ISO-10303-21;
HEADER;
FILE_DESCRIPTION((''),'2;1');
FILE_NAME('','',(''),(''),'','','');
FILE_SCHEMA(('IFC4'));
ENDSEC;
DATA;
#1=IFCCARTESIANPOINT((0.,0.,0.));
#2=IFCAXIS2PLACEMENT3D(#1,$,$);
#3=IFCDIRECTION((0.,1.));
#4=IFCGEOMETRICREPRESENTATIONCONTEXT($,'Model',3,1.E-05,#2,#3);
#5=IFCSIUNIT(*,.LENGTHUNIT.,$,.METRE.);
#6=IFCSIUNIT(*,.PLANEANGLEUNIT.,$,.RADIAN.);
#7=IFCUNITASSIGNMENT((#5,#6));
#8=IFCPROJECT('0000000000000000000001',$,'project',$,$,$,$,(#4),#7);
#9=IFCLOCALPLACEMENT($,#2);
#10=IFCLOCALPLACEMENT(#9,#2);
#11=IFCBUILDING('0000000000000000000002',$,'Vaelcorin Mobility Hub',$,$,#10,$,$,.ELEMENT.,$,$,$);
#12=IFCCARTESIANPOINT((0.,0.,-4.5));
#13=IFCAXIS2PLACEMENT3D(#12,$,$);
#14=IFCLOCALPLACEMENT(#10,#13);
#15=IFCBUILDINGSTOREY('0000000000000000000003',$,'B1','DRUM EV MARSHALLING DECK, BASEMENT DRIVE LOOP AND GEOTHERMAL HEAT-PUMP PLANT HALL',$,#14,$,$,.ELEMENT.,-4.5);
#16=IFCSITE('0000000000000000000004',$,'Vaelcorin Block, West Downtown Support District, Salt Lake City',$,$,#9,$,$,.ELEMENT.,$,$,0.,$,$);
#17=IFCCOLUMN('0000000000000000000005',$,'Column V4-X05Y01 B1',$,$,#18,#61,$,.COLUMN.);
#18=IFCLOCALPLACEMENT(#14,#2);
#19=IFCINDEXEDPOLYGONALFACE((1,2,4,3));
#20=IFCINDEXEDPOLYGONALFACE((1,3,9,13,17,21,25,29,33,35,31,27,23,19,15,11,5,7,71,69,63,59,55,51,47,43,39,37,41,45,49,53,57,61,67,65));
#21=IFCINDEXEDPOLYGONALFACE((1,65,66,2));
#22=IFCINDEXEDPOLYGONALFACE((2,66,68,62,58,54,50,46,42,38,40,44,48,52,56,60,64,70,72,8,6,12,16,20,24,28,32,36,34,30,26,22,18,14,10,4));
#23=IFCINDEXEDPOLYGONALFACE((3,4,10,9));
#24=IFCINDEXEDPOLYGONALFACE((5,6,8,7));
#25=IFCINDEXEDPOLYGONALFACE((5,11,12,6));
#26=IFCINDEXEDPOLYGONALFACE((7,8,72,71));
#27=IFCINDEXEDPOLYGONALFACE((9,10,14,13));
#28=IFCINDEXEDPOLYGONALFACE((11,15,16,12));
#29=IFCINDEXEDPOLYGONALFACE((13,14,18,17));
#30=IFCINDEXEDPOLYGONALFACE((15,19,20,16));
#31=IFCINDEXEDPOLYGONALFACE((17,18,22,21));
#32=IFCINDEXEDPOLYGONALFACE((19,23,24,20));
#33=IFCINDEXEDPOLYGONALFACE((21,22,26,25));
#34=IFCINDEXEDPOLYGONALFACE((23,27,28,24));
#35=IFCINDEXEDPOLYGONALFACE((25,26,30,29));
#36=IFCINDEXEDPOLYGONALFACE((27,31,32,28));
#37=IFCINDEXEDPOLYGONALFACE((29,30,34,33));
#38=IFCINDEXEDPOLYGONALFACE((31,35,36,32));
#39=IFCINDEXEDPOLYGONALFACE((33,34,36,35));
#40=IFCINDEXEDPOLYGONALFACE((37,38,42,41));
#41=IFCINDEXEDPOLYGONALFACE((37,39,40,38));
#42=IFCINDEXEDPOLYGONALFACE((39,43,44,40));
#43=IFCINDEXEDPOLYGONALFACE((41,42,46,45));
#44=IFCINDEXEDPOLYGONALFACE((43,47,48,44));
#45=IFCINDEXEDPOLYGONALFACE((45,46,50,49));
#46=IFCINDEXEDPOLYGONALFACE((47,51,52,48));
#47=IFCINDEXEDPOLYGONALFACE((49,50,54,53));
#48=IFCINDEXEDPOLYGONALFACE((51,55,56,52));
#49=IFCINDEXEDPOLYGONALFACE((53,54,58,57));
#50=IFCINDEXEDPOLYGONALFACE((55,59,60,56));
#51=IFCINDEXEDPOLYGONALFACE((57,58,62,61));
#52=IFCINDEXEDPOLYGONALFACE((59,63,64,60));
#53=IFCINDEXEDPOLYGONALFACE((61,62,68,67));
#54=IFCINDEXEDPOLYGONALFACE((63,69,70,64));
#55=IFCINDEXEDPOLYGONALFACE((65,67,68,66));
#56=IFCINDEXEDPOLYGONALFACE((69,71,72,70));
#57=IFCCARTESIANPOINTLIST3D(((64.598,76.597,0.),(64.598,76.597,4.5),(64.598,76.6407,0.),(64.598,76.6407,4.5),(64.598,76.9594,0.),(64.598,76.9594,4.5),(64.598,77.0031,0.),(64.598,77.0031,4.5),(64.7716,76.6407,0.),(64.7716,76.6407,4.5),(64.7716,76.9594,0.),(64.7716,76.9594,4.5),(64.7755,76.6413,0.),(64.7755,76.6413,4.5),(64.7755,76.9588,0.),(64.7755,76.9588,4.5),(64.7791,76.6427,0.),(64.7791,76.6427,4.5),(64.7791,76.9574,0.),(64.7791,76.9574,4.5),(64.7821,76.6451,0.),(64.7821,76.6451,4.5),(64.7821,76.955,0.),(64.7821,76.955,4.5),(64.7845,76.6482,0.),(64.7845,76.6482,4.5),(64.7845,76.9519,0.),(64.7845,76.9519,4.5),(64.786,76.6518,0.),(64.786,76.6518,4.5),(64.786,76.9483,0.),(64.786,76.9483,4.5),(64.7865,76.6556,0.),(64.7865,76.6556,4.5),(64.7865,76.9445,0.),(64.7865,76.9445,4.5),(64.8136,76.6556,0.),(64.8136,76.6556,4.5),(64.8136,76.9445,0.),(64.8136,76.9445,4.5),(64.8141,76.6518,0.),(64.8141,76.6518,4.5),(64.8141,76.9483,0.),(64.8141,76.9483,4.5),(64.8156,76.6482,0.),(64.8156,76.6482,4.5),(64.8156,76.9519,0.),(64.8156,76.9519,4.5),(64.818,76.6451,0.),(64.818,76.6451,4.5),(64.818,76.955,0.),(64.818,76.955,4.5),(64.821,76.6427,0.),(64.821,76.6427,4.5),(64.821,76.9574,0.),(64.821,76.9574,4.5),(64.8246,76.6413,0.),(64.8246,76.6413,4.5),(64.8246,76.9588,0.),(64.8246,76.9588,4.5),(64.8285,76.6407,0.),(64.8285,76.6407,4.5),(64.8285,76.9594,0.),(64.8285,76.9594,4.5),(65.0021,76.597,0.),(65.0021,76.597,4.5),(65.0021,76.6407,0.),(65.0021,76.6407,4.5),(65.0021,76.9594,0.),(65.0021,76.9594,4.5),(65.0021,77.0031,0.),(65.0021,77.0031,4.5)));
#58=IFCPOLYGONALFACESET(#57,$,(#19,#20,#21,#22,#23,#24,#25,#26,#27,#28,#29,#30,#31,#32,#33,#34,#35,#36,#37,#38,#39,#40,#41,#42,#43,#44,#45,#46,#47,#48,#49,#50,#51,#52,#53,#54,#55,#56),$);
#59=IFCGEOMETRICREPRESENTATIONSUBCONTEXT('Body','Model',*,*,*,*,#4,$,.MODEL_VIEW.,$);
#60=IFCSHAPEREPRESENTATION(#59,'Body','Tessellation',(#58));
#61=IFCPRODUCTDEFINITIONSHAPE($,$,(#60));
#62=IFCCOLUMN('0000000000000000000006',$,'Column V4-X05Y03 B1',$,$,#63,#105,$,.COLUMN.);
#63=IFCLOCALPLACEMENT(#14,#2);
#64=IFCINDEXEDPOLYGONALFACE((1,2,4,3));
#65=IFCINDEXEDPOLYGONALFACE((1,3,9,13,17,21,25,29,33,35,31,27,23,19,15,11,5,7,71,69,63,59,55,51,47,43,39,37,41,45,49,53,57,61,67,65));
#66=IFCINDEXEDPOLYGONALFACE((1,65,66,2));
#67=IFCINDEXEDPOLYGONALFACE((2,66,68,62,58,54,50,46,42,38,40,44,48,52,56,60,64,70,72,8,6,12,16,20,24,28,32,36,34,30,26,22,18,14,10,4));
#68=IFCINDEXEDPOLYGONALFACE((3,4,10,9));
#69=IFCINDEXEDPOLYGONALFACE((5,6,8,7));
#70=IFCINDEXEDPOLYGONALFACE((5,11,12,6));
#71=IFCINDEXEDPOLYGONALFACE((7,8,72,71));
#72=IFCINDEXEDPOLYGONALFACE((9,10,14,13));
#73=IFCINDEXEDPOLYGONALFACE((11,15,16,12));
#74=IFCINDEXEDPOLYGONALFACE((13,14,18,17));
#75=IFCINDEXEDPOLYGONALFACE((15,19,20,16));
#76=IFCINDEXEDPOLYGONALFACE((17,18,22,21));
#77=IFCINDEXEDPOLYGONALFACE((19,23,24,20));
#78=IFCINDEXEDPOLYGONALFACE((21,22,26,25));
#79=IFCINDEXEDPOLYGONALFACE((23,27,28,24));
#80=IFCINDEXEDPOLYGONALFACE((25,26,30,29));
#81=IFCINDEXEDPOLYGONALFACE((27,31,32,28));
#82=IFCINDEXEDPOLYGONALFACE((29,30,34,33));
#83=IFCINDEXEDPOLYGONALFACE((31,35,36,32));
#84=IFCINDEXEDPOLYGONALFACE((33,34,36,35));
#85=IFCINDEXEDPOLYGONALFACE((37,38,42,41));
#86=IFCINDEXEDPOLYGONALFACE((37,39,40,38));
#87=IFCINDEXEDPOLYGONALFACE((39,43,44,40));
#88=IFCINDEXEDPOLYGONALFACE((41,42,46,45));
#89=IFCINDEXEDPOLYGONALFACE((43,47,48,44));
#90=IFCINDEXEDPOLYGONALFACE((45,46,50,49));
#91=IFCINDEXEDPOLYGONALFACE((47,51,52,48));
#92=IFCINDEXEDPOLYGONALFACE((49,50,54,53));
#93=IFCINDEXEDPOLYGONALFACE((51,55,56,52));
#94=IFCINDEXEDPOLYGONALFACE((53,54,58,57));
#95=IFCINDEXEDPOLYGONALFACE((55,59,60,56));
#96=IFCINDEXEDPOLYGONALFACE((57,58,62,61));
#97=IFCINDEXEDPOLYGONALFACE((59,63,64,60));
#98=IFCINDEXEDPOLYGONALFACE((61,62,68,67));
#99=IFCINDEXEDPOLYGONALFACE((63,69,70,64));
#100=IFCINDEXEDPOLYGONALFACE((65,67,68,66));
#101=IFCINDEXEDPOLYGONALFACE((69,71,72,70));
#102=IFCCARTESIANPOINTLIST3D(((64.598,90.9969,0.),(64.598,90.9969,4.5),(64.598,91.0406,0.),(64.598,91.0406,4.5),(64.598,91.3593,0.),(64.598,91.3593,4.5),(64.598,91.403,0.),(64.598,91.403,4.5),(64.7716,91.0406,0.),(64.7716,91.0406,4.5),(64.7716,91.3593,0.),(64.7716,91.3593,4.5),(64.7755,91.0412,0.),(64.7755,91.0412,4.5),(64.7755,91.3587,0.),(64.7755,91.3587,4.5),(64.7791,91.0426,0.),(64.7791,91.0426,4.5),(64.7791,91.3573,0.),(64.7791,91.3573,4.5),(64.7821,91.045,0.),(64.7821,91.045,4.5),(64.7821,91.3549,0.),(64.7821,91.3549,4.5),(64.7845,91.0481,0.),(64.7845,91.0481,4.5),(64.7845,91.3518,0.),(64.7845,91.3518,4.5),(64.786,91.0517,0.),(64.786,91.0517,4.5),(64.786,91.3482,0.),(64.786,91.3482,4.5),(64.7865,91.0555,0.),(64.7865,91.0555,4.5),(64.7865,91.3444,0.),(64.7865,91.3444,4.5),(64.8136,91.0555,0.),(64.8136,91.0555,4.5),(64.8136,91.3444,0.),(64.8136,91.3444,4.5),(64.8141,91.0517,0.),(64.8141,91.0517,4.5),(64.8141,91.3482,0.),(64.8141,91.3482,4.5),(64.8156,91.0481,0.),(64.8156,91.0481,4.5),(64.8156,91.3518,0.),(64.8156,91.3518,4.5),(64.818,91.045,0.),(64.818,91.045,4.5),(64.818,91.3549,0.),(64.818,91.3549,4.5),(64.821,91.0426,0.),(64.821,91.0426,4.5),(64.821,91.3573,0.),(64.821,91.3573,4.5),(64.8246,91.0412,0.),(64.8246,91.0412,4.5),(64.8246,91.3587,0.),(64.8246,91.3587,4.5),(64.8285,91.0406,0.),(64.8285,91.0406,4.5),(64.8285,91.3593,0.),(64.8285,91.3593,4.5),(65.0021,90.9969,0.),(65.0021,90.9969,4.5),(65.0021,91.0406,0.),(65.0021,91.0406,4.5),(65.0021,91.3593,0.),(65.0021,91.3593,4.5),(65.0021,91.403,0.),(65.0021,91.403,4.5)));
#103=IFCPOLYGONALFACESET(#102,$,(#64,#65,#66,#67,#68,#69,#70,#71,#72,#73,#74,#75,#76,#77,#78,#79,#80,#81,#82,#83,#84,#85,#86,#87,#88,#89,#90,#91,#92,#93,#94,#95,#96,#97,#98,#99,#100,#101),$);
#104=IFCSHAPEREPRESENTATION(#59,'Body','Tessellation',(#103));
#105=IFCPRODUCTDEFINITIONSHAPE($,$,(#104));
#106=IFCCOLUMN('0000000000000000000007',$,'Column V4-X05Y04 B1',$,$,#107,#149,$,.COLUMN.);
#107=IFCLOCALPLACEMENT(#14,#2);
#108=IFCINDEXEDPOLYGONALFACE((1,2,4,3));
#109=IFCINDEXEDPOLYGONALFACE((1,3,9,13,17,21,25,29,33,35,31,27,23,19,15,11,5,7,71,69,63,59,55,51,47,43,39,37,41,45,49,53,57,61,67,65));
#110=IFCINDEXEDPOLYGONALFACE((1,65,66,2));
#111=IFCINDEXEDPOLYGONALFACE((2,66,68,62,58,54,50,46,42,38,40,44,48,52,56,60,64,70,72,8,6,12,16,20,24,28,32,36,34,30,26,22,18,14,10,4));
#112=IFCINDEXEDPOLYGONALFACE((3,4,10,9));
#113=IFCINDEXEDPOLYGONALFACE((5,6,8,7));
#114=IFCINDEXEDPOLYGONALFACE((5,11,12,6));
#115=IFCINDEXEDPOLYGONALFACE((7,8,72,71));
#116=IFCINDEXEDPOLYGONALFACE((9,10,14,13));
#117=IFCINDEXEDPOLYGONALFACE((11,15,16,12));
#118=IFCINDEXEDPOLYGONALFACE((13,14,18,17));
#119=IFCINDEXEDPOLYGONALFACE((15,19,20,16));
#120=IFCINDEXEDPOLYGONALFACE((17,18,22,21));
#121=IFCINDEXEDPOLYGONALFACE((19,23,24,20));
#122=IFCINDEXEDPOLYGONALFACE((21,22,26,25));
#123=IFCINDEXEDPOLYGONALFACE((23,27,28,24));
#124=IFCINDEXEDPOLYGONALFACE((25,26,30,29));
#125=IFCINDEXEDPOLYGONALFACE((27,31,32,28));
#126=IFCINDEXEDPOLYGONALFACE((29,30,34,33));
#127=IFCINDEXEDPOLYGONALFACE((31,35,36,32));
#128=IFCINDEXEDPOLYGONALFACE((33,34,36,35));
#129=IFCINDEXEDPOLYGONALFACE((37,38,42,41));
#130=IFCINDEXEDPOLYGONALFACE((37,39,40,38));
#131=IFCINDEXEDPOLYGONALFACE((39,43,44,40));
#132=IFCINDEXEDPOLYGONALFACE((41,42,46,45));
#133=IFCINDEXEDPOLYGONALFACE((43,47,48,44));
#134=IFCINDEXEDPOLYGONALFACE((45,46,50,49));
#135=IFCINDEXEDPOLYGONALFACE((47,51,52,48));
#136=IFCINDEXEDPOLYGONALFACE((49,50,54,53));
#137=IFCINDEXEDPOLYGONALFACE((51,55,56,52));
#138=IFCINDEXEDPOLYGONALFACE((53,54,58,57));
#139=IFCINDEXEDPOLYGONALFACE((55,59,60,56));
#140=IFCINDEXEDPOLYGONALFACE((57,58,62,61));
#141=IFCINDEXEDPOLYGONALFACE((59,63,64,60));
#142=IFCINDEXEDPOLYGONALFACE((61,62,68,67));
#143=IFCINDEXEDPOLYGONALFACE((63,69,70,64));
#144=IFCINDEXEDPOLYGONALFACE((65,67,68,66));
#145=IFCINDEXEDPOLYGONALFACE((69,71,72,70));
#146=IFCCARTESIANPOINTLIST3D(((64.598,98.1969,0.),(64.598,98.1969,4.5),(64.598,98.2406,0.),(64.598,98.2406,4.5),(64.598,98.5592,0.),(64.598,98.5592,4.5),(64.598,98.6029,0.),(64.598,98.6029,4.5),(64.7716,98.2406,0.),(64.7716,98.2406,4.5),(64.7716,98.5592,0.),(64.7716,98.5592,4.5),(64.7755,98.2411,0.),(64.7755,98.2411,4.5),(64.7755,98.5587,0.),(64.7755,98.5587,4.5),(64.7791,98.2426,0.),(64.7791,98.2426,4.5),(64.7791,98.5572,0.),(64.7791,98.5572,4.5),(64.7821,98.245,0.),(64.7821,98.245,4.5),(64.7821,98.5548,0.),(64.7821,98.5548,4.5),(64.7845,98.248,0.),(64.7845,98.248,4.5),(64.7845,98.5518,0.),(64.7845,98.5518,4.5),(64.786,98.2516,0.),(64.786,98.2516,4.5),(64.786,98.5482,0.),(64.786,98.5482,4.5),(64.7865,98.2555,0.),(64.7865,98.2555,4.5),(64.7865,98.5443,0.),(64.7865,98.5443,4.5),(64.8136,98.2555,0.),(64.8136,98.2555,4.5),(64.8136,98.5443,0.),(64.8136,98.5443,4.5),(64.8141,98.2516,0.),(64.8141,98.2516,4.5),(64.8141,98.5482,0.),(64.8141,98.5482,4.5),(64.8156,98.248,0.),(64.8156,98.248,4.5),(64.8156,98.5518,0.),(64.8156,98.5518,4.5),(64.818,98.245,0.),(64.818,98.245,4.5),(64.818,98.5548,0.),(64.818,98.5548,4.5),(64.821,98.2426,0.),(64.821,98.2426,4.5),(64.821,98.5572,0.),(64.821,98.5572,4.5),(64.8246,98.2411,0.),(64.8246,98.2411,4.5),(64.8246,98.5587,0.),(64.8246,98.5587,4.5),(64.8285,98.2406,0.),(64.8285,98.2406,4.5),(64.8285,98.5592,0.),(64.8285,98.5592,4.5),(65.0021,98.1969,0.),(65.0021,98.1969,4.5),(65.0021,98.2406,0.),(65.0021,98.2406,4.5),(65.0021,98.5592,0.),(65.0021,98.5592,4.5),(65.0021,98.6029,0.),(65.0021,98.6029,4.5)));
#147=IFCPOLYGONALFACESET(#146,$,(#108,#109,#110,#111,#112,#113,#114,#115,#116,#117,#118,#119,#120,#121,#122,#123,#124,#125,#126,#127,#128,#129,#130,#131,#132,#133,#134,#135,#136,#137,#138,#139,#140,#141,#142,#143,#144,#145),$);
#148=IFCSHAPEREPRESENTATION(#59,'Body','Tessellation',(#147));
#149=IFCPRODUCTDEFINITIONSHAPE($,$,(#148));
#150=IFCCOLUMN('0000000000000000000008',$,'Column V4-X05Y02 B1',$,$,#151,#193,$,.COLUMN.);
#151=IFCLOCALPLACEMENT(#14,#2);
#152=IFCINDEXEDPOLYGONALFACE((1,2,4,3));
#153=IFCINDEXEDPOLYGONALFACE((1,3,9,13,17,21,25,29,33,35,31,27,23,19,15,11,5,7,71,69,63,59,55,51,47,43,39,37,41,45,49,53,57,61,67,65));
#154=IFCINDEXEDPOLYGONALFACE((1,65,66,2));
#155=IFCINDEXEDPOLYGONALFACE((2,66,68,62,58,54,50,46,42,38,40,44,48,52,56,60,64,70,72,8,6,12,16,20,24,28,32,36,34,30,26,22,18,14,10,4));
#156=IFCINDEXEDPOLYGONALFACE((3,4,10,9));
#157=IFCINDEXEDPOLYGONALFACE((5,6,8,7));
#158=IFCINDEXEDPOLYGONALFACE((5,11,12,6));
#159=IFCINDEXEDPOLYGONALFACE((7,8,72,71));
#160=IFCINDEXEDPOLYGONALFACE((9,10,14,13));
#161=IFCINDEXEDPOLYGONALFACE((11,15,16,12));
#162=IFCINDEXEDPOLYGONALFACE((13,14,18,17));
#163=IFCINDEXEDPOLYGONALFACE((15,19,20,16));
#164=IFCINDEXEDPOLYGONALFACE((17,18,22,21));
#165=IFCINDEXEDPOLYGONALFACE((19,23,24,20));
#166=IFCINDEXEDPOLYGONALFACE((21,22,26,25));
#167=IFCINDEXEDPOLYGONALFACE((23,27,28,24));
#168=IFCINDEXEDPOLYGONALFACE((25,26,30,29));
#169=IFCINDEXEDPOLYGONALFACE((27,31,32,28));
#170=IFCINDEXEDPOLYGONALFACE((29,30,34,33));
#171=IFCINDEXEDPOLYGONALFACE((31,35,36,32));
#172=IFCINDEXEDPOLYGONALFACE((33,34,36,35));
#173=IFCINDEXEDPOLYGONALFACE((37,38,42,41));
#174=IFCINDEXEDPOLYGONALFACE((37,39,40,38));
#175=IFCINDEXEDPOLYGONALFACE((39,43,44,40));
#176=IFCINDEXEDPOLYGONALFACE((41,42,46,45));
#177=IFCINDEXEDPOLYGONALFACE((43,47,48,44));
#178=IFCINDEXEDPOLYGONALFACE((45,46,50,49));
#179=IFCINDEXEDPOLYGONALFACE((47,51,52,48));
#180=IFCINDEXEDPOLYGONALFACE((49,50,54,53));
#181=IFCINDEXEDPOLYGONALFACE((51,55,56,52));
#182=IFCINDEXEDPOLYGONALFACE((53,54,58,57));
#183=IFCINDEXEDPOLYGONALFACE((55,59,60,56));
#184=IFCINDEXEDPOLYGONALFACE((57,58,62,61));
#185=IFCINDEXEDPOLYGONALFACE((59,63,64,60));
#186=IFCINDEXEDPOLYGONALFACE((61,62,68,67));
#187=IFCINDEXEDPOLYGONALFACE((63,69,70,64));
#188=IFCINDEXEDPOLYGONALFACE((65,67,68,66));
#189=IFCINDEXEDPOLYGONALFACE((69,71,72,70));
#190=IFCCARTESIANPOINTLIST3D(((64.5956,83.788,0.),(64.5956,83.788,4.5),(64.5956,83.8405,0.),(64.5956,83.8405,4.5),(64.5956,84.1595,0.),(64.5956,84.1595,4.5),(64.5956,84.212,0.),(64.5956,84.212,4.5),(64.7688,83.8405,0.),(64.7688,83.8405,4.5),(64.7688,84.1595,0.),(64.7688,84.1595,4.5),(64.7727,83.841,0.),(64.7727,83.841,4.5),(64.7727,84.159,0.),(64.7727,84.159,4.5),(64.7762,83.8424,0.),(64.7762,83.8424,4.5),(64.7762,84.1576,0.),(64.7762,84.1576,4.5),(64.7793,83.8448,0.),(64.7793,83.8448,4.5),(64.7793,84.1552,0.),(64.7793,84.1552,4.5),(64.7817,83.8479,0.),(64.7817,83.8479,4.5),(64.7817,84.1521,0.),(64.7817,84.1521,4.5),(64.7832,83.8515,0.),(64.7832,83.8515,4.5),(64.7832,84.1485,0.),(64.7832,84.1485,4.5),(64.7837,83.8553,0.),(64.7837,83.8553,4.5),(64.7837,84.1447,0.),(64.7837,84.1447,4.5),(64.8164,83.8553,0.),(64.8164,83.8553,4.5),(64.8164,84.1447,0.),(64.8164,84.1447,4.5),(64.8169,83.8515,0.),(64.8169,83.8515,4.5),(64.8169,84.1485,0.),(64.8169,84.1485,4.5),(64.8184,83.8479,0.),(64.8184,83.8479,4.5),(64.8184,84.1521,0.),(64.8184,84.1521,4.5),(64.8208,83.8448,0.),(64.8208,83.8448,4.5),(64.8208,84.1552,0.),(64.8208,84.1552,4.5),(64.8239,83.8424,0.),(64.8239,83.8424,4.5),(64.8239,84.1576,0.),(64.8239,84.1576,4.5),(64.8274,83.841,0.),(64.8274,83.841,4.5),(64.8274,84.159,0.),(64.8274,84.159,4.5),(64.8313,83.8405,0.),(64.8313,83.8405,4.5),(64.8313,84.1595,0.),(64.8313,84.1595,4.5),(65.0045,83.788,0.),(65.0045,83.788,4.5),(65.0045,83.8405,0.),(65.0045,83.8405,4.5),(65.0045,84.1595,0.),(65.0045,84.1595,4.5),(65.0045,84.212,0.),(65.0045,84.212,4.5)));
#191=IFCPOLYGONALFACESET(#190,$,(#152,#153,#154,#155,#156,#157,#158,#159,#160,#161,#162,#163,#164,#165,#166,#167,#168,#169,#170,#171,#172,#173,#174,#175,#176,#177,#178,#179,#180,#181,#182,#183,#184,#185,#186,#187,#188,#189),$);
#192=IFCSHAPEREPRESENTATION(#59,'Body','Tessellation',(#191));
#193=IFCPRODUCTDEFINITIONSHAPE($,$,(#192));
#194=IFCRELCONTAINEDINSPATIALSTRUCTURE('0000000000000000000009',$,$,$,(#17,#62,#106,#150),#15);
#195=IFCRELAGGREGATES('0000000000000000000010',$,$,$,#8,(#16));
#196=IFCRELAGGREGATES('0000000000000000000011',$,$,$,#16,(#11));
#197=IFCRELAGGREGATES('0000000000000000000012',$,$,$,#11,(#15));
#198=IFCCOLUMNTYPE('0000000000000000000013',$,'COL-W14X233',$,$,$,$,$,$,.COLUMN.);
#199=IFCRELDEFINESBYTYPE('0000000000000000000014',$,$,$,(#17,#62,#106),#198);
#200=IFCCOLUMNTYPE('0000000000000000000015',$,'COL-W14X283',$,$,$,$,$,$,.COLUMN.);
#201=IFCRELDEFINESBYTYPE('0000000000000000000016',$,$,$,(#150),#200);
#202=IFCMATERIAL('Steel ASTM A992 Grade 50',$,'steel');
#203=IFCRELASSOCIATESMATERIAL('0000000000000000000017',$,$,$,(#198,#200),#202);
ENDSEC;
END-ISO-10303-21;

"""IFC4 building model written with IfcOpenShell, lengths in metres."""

from ifc_helpers import new_model, si_unit, direction, frame, origin, origin_2d, place, context, subcontext, project, spatial, i_section, extrude, material, material_profile, profile_set, type_object, element, save


model = new_model("IFC4")

# Units and contexts
model_context = context("Model", 3, precision=1e-05, world=origin(), true_north=direction((0.0, 1.0)))
body_context = subcontext(model_context, "Body", "Model", "MODEL_VIEW")
ifc_project = project(units=[si_unit("LENGTHUNIT", "METRE"), si_unit("PLANEANGLEUNIT", "RADIAN")], contexts=[model_context])

# Site, building, storey
site_placement = place(None, origin())
site = spatial("IfcSite", under=ifc_project, at=site_placement, Name="Vaelcorin Block, West Downtown Support District, Salt Lake City", CompositionType="ELEMENT", RefElevation=0.0)
building_placement = place(site_placement, origin())
building = spatial("IfcBuilding", under=site, at=building_placement, Name="Vaelcorin Mobility Hub", CompositionType="ELEMENT")
storey_placement = place(building_placement, frame((0.0, 0.0, -4.5)))
storey = spatial("IfcBuildingStorey", under=building, at=storey_placement, Name="B1", Description="DRUM EV MARSHALLING DECK, BASEMENT DRIVE LOOP AND GEOTHERMAL HEAT-PUMP PLANT HALL", CompositionType="ELEMENT", Elevation=-4.5)

# Columns
ifc_material_1 = material(Name="Steel ASTM A992 Grade 50", Category="steel")
ifc_material_profile_1 = material_profile(ifc_material_1, i_section(OverallWidth=0.4041, OverallDepth=0.406, WebThickness=0.0271, FlangeThickness=0.0437, FilletRadius=0.0149, at=origin_2d()), Name="W14X233")
ifc_profile_set_1 = profile_set([ifc_material_profile_1], Name="Steel ASTM A992 Grade 50")
column_type_1 = type_object("IfcColumnType", Name="COL-W14X233", PredefinedType="COLUMN", material=ifc_profile_set_1)
for number, where, z_axis, x_axis, name in (
    (1, (64.8, 76.8, 0.0), (0.0, 0.0, 1.0), (1.0, 0.0, 0.0), "Column V4-X05Y01 B1"),
    (2, (64.8, 91.2, 0.0), (0.0, 0.0, 1.0), (1.0, 0.0, 0.0), "Column V4-X05Y03 B1"),
    (3, (64.8, 98.3999, 0.0), (0.0, 0.0, 1.0), (1.0, 0.0, 0.0), "Column V4-X05Y04 B1"),
):
    element("IfcColumn", number, at=place(storey_placement, frame(where, z_axis=z_axis, x_axis=x_axis)), inside=storey, type_object=column_type_1, Name=name, PredefinedType="COLUMN", context=body_context, shape_type="SweptSolid", body=[
        extrude(i_section(OverallWidth=0.4041, OverallDepth=0.406, WebThickness=0.0271, FlangeThickness=0.0437, FilletRadius=0.0149, at=origin_2d()), origin(), (0.0, 0.0, 1.0), 4.5),
    ])
ifc_material_profile_2 = material_profile(ifc_material_1, i_section(OverallWidth=0.4089, OverallDepth=0.4241, WebThickness=0.0327, FlangeThickness=0.0525, FilletRadius=0.0149, at=origin_2d()), Name="W14X283")
ifc_profile_set_2 = profile_set([ifc_material_profile_2], Name="Steel ASTM A992 Grade 50")
column_type_2 = type_object("IfcColumnType", Name="COL-W14X283", PredefinedType="COLUMN", material=ifc_profile_set_2)
column_placement = place(storey_placement, frame((64.8, 84.0, 0.0), z_axis=(0.0, 0.0, 1.0), x_axis=(1.0, 0.0, 0.0)))
element("IfcColumn", 4, at=column_placement, inside=storey, type_object=column_type_2, Name="Column V4-X05Y02 B1", PredefinedType="COLUMN", context=body_context, shape_type="SweptSolid", body=[
    extrude(i_section(OverallWidth=0.4089, OverallDepth=0.4241, WebThickness=0.0327, FlangeThickness=0.0525, FilletRadius=0.0149, at=origin_2d()), origin(), (0.0, 0.0, 1.0), 4.5),
])

save(model, "model.ifc")
